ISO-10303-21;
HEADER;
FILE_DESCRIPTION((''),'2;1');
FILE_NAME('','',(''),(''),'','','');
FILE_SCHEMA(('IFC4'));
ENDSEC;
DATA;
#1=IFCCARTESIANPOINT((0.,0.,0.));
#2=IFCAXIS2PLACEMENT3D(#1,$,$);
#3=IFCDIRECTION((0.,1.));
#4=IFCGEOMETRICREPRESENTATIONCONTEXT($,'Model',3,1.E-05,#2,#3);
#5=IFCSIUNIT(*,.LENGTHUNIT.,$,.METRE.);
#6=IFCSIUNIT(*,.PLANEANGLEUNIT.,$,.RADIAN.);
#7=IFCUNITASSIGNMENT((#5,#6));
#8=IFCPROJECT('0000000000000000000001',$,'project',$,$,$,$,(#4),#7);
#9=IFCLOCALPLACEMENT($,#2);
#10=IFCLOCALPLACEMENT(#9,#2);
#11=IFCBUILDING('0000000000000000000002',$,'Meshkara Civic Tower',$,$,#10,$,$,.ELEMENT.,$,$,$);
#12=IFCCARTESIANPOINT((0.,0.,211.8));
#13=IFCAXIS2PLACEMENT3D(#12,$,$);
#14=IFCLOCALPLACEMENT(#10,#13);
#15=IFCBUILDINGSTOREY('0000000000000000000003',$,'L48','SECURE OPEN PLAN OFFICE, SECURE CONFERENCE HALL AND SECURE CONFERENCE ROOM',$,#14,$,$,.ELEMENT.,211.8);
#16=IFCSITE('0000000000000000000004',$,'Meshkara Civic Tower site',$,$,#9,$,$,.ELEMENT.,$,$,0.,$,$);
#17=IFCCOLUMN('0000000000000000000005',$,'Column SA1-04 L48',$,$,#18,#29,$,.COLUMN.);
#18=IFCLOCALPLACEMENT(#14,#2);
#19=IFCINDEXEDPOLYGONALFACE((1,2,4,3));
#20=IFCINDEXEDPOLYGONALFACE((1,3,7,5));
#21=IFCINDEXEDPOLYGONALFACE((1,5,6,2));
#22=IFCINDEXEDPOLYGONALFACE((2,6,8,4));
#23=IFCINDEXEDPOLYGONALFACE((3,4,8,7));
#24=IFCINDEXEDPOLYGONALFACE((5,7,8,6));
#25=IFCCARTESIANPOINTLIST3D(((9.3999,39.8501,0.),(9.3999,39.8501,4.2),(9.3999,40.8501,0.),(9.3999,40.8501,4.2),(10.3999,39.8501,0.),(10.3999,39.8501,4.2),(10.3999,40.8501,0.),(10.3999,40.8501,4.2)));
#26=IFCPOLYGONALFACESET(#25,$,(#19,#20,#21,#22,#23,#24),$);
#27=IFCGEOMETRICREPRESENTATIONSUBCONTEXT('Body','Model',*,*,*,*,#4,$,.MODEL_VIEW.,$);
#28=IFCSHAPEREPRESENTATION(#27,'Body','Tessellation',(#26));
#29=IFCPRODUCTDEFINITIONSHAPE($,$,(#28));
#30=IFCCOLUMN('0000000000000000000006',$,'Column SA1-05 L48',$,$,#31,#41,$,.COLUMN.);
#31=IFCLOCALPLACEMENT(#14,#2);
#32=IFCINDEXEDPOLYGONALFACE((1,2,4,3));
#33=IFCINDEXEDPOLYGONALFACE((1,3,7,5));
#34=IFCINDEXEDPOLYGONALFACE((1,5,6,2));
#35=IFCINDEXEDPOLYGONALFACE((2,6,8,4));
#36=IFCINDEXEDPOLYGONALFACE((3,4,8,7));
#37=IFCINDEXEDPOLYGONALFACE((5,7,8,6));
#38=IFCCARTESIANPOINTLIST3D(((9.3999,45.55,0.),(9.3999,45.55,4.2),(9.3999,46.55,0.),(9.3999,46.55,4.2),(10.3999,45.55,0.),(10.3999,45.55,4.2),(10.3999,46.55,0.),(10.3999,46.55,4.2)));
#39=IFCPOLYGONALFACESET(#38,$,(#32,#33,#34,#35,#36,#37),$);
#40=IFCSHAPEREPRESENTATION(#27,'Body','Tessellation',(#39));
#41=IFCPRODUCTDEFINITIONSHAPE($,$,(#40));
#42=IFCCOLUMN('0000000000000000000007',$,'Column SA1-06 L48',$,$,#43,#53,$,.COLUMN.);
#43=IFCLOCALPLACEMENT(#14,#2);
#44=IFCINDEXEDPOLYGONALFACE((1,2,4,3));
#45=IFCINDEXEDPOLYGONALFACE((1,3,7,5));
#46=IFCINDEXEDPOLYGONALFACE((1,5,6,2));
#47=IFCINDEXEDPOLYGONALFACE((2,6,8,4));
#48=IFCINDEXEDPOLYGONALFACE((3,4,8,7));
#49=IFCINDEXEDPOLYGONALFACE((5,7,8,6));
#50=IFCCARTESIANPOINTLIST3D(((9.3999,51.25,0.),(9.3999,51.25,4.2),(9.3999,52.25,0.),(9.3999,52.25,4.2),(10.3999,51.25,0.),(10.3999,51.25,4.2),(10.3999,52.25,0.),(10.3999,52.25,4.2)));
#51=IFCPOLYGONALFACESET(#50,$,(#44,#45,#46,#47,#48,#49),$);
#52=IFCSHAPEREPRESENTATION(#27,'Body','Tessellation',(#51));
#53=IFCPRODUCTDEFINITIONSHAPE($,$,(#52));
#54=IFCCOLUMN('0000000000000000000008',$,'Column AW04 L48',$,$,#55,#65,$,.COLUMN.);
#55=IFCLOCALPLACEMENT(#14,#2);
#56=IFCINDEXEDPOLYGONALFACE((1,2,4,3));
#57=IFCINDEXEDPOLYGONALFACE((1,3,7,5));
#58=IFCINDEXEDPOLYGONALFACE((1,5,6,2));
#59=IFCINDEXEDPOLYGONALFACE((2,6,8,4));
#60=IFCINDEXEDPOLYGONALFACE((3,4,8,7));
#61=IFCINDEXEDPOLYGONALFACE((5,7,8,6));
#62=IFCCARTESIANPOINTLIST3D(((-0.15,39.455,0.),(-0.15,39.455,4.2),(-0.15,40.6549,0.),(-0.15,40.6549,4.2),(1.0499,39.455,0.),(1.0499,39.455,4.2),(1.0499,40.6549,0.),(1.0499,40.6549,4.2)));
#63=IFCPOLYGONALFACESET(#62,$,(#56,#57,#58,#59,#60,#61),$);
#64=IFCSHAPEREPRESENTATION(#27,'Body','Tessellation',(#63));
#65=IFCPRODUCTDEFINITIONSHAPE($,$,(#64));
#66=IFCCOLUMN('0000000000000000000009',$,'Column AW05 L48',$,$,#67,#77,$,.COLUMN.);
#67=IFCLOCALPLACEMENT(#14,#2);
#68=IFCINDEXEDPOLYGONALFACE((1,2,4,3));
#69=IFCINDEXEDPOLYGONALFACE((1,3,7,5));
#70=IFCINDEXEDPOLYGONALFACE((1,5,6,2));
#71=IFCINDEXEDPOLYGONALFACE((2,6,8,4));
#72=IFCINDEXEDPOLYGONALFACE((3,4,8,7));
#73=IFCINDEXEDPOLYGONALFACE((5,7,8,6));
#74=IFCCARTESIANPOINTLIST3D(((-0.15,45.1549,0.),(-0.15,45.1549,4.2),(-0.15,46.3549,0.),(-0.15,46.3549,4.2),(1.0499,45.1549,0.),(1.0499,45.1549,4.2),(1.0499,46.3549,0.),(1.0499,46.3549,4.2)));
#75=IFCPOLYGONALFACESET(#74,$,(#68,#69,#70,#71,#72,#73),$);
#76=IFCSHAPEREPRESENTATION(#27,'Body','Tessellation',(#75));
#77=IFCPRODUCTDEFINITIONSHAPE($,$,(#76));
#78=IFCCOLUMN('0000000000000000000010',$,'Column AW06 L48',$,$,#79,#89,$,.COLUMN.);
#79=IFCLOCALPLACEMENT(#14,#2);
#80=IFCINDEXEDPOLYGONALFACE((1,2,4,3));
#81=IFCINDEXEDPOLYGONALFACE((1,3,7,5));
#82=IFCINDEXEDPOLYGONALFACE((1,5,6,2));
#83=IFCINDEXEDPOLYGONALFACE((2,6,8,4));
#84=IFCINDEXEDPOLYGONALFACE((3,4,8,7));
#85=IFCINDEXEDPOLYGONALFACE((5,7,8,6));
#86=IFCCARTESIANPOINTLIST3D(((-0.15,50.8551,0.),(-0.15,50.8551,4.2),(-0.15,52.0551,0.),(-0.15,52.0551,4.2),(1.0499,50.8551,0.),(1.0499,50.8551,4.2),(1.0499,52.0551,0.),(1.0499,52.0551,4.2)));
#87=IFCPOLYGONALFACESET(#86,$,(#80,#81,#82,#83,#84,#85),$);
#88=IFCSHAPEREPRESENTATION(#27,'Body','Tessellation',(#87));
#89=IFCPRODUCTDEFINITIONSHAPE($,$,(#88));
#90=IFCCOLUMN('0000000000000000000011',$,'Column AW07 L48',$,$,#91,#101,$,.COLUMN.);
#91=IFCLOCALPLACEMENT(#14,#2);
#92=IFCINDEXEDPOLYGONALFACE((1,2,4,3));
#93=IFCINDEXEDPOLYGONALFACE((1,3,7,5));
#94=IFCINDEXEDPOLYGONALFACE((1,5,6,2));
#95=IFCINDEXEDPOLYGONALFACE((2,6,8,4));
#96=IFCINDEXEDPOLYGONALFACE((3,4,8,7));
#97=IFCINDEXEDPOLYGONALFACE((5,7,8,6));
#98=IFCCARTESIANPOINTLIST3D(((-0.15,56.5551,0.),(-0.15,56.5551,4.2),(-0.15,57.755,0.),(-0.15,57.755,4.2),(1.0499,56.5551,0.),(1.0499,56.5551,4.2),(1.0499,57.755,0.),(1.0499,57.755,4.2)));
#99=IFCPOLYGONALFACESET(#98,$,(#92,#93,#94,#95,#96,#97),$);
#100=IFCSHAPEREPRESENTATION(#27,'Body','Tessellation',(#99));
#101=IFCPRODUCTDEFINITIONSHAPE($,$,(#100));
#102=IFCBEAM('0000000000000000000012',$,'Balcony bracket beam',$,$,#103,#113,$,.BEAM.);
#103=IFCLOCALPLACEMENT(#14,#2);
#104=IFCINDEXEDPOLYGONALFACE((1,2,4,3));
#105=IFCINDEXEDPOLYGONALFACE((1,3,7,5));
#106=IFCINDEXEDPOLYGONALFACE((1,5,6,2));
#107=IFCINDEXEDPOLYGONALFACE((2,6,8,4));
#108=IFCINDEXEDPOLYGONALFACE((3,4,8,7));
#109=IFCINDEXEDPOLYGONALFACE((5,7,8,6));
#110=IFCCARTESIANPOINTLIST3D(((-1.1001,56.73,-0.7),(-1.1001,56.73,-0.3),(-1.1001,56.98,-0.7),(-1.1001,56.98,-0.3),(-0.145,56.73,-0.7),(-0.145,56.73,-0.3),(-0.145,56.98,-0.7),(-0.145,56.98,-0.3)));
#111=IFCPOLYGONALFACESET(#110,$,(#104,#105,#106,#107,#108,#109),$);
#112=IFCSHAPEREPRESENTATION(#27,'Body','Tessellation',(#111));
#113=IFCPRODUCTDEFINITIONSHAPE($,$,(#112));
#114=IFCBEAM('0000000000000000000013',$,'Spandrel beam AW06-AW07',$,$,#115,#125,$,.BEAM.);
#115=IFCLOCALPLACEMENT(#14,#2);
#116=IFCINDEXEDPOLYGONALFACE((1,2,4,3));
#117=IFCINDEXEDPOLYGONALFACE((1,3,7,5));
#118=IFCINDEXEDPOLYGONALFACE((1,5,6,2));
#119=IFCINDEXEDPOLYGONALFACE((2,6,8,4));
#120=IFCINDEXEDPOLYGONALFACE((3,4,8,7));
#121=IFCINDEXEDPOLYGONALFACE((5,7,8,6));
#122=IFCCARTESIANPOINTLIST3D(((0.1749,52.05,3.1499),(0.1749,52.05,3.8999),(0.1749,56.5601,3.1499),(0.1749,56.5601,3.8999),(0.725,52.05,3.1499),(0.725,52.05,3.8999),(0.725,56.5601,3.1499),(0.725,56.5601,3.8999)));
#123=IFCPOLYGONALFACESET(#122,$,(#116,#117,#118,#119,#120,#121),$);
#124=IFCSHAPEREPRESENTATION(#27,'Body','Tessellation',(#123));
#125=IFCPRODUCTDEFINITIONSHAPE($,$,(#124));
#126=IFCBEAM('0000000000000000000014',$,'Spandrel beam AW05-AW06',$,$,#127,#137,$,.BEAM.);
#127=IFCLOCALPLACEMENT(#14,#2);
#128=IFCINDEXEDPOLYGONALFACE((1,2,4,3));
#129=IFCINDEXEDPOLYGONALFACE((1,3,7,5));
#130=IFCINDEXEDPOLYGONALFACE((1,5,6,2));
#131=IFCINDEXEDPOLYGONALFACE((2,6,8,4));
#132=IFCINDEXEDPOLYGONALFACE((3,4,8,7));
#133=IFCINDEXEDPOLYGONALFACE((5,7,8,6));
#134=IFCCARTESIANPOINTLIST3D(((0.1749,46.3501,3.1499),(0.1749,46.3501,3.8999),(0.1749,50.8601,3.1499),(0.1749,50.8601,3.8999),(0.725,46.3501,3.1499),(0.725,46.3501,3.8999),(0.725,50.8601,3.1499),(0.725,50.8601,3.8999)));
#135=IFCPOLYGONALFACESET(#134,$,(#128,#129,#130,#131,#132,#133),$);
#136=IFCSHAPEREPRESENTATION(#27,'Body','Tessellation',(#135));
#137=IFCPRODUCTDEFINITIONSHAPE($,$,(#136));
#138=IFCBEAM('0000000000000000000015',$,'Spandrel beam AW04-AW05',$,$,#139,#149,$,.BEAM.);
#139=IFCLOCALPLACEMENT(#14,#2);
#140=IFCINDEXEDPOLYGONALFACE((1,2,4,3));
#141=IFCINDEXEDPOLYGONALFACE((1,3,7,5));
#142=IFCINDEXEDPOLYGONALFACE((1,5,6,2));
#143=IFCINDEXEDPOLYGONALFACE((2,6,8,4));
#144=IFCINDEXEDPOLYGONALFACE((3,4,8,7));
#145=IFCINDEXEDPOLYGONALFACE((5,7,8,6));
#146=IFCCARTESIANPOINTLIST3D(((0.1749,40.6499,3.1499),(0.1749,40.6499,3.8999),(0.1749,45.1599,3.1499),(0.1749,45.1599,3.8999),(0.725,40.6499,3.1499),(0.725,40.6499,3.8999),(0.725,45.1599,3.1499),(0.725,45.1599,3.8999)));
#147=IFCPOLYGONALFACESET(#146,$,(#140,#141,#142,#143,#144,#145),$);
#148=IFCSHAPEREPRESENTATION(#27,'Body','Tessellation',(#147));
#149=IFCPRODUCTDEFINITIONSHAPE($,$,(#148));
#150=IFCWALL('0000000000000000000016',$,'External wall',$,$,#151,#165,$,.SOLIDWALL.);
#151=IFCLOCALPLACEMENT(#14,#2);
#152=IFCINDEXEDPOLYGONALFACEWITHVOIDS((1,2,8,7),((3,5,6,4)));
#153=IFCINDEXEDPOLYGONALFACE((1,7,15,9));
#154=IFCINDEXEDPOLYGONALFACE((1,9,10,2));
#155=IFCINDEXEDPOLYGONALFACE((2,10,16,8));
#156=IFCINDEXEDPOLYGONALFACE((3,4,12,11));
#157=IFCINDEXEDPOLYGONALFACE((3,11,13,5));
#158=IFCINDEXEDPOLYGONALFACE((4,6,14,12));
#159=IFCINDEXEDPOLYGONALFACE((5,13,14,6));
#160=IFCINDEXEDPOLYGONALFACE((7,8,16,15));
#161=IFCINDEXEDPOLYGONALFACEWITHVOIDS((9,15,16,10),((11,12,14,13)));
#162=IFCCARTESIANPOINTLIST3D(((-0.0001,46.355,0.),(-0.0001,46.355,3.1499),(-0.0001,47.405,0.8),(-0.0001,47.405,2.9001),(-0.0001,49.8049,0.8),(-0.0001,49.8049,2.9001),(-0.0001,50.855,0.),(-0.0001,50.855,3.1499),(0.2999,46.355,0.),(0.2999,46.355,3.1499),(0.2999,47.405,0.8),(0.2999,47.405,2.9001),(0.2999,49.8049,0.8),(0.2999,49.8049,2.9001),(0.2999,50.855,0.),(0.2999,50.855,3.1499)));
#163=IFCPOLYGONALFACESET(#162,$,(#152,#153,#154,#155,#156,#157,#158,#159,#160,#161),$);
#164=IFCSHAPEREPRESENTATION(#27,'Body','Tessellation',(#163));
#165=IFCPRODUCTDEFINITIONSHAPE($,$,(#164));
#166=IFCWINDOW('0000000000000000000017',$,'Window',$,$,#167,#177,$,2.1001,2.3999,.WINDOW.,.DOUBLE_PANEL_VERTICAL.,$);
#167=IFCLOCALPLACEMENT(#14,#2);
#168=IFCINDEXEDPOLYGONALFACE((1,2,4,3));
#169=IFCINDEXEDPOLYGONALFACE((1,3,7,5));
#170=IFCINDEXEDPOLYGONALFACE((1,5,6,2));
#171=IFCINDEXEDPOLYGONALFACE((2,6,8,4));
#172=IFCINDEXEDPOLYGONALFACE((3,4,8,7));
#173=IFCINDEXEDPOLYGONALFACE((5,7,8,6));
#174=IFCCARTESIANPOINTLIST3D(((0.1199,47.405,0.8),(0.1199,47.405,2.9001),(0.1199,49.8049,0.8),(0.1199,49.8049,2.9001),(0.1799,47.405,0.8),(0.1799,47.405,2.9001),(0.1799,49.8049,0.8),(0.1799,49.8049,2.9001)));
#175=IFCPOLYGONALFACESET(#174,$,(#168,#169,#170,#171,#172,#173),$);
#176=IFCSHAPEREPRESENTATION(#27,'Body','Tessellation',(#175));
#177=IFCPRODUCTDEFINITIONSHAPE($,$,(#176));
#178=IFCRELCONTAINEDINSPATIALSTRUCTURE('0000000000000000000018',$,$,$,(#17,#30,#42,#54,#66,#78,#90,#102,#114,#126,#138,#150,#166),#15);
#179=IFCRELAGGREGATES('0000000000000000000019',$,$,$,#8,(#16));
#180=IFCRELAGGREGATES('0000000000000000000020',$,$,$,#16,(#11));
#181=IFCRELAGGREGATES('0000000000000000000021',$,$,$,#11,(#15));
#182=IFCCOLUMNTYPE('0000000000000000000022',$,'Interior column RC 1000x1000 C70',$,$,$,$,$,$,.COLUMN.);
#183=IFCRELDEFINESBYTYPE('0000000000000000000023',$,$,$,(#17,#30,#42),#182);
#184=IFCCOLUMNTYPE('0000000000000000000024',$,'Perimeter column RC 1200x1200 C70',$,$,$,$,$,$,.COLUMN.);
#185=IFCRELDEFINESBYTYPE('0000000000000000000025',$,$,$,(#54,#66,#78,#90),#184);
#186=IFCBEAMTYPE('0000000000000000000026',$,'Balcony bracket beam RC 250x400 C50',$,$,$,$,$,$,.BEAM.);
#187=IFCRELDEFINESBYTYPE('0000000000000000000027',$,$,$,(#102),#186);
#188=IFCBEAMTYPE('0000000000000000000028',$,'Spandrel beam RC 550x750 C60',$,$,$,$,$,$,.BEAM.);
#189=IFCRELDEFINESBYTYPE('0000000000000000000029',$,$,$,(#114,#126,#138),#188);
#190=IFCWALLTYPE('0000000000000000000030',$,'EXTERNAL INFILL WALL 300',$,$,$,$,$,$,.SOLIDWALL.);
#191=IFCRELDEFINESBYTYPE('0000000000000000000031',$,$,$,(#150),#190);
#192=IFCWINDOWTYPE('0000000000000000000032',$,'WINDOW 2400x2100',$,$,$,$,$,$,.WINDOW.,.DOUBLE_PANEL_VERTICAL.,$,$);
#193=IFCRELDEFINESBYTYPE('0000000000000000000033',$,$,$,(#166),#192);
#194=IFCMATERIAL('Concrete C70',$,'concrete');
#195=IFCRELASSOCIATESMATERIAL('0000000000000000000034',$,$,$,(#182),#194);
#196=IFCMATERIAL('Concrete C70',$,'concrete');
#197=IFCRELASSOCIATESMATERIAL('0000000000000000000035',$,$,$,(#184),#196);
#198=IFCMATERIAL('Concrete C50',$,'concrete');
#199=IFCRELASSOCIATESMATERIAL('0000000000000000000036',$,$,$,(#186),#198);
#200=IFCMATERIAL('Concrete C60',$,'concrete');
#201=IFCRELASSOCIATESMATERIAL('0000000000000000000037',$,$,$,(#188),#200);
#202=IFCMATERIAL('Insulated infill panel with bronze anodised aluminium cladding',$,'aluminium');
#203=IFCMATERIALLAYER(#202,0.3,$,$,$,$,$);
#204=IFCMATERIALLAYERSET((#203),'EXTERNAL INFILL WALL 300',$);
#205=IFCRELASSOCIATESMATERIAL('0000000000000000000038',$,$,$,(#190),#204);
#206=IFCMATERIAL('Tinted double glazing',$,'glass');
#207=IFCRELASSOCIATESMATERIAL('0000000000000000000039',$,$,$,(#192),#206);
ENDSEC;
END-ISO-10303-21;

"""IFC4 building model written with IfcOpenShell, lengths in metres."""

from ifc_helpers import new_model, si_unit, direction, frame, frame_2d, origin, origin_2d, place, context, subcontext, project, spatial, rectangle, extrude, material, layer, layer_set, material_profile, profile_set, type_object, element, fill, save


model = new_model("IFC4")

# Units and contexts
model_context = context("Model", 3, precision=1e-05, world=origin(), true_north=direction((0.0, 1.0)))
body_context = subcontext(model_context, "Body", "Model", "MODEL_VIEW")
ifc_project = project(units=[si_unit("LENGTHUNIT", "METRE"), si_unit("PLANEANGLEUNIT", "RADIAN")], contexts=[model_context])

# Site, building, storey
site_placement = place(None, origin())
site = spatial("IfcSite", under=ifc_project, at=site_placement, Name="Meshkara Civic Tower site", CompositionType="ELEMENT", RefElevation=0.0)
building_placement = place(site_placement, origin())
building = spatial("IfcBuilding", under=site, at=building_placement, Name="Meshkara Civic Tower", CompositionType="ELEMENT")
storey_placement = place(building_placement, frame((0.0, 0.0, 211.8)))
storey = spatial("IfcBuildingStorey", under=building, at=storey_placement, Name="L48", Description="SECURE OPEN PLAN OFFICE, SECURE CONFERENCE HALL AND SECURE CONFERENCE ROOM", CompositionType="ELEMENT", Elevation=211.8)

# Columns
ifc_material_1 = material(Name="Concrete C70", Category="concrete")
ifc_material_profile_1 = material_profile(ifc_material_1, rectangle(XDim=1.0, YDim=1.0, at=origin_2d()))
ifc_profile_set_1 = profile_set([ifc_material_profile_1], Name="Concrete C70")
column_type_1 = type_object("IfcColumnType", Name="Interior column RC 1000x1000 C70", PredefinedType="COLUMN", material=ifc_profile_set_1)
for number, where, z_axis, x_axis, name in (
    (1, (9.8999, 40.3501, 0.0), (0.0, 0.0, 1.0), (1.0, 0.0, 0.0), "Column SA1-04 L48"),
    (2, (9.8999, 46.05, 0.0), (0.0, 0.0, 1.0), (1.0, 0.0, 0.0), "Column SA1-05 L48"),
    (3, (9.8999, 51.75, 0.0), (0.0, 0.0, 1.0), (1.0, 0.0, 0.0), "Column SA1-06 L48"),
):
    element("IfcColumn", number, at=place(storey_placement, frame(where, z_axis=z_axis, x_axis=x_axis)), inside=storey, type_object=column_type_1, Name=name, PredefinedType="COLUMN", context=body_context, shape_type="SweptSolid", body=[
        extrude(rectangle(XDim=1.0, YDim=1.0, at=origin_2d()), origin(), (0.0, 0.0, 1.0), 4.2),
    ])
ifc_material_2 = material(Name="Concrete C70", Category="concrete")
ifc_material_profile_2 = material_profile(ifc_material_2, rectangle(XDim=1.2, YDim=1.2, at=origin_2d()))
ifc_profile_set_2 = profile_set([ifc_material_profile_2], Name="Concrete C70")
column_type_2 = type_object("IfcColumnType", Name="Perimeter column RC 1200x1200 C70", PredefinedType="COLUMN", material=ifc_profile_set_2)
for number, where, z_axis, x_axis, name in (
    (4, (0.45, 40.0549, 0.0), (0.0, 0.0, 1.0), (1.0, 0.0, 0.0), "Column AW04 L48"),
    (5, (0.45, 45.7549, 0.0), (0.0, 0.0, 1.0), (1.0, 0.0, 0.0), "Column AW05 L48"),
    (6, (0.45, 51.4551, 0.0), (0.0, 0.0, 1.0), (1.0, 0.0, 0.0), "Column AW06 L48"),
    (7, (0.45, 57.155, 0.0), (0.0, 0.0, 1.0), (1.0, 0.0, 0.0), "Column AW07 L48"),
):
    element("IfcColumn", number, at=place(storey_placement, frame(where, z_axis=z_axis, x_axis=x_axis)), inside=storey, type_object=column_type_2, Name=name, PredefinedType="COLUMN", context=body_context, shape_type="SweptSolid", body=[
        extrude(rectangle(XDim=1.2, YDim=1.2, at=origin_2d()), origin(), (0.0, 0.0, 1.0), 4.2),
    ])

# Beams
ifc_material_3 = material(Name="Concrete C50", Category="concrete")
ifc_material_profile_3 = material_profile(ifc_material_3, rectangle(XDim=0.25, YDim=0.3999, at=origin_2d()))
ifc_profile_set_3 = profile_set([ifc_material_profile_3], Name="Concrete C50")
beam_type_1 = type_object("IfcBeamType", Name="Balcony bracket beam RC 250x400 C50", PredefinedType="BEAM", material=ifc_profile_set_3)
beam_placement = place(storey_placement, frame((-0.145, 56.855, -0.5), z_axis=(-1.0, 0.0, 0.0), x_axis=(0.0, -1.0, 0.0)))
element("IfcBeam", 8, at=beam_placement, inside=storey, type_object=beam_type_1, Name="Balcony bracket beam", PredefinedType="BEAM", context=body_context, shape_type="SweptSolid", body=[
    extrude(rectangle(XDim=0.25, YDim=0.3999, at=origin_2d()), origin(), (0.0, 0.0, 1.0), 0.9551),
])
ifc_material_4 = material(Name="Concrete C60", Category="concrete")
ifc_material_profile_4 = material_profile(ifc_material_4, rectangle(XDim=0.55, YDim=0.75, at=origin_2d()))
ifc_profile_set_4 = profile_set([ifc_material_profile_4], Name="Concrete C60")
beam_type_2 = type_object("IfcBeamType", Name="Spandrel beam RC 550x750 C60", PredefinedType="BEAM", material=ifc_profile_set_4)
for number, where, z_axis, x_axis, name in (
    (9, (0.45, 56.5601, 3.5249), (0.0, -1.0, 0.0), (1.0, 0.0, 0.0), "Spandrel beam AW06-AW07"),
    (10, (0.45, 50.8601, 3.5249), (0.0, -1.0, 0.0), (1.0, 0.0, 0.0), "Spandrel beam AW05-AW06"),
    (11, (0.45, 45.1599, 3.5249), (0.0, -1.0, 0.0), (1.0, 0.0, 0.0), "Spandrel beam AW04-AW05"),
):
    element("IfcBeam", number, at=place(storey_placement, frame(where, z_axis=z_axis, x_axis=x_axis)), inside=storey, type_object=beam_type_2, Name=name, PredefinedType="BEAM", context=body_context, shape_type="SweptSolid", body=[
        extrude(rectangle(XDim=0.55, YDim=0.75, at=origin_2d()), origin(), (0.0, 0.0, 1.0), 4.51),
    ])

# Wall, opening, window
ifc_material_5 = material(Name="Insulated infill panel with bronze anodised aluminium cladding", Category="aluminium")
ifc_layer_1 = layer(ifc_material_5, 0.3)
ifc_layer_set_1 = layer_set([ifc_layer_1], Name="EXTERNAL INFILL WALL 300")
wall_type_1 = type_object("IfcWallType", Name="EXTERNAL INFILL WALL 300", PredefinedType="SOLIDWALL", material=ifc_layer_set_1)
wall_1_placement = place(storey_placement, frame((0.1499, 50.855, 0.0), z_axis=(0.0, 0.0, 1.0), x_axis=(0.0, -1.0, 0.0)))
wall_1 = element("IfcWall", 12, at=wall_1_placement, inside=storey, type_object=wall_type_1, Name="External wall", PredefinedType="SOLIDWALL", context=body_context, shape_type="SweptSolid", body=[
    extrude(rectangle(XDim=4.5, YDim=0.3, at=frame_2d((2.25, 0.0))), origin(), (0.0, 0.0, 1.0), 3.1499),
])
opening_1_placement = place(wall_1_placement, frame((1.05, 0.0, 0.8)))
opening_1 = element("IfcOpeningElement", 13, at=opening_1_placement, cuts=wall_1, PredefinedType="OPENING", context=body_context, shape_type="SweptSolid", body=[
    extrude(rectangle(XDim=2.3999, YDim=2.1001, at=frame_2d((1.2, 1.05))), frame((0.0, 0.1599, 0.0), z_axis=(0.0, -1.0, 0.0), x_axis=(1.0, 0.0, 0.0)), (0.0, 0.0, 1.0), 0.3201),
])
ifc_material_6 = material(Name="Tinted double glazing", Category="glass")
window_type = type_object("IfcWindowType", Name="WINDOW 2400x2100", PartitioningType="DOUBLE_PANEL_VERTICAL", PredefinedType="WINDOW", material=ifc_material_6)
window_1_placement = place(opening_1_placement, origin())
window_1 = element("IfcWindow", 14, at=window_1_placement, inside=storey, type_object=window_type, Name="Window", OverallHeight=2.1001, OverallWidth=2.3999, PartitioningType="DOUBLE_PANEL_VERTICAL", PredefinedType="WINDOW", context=body_context, shape_type="SweptSolid", body=[
    extrude(rectangle(XDim=2.3999, YDim=2.1001, at=frame_2d((1.2, 1.05))), frame((0.0, 0.03, 0.0), z_axis=(0.0, -1.0, 0.0), x_axis=(1.0, 0.0, 0.0)), (0.0, 0.0, 1.0), 0.0601),
])
fill(opening_1, window_1)

save(model, "model.ifc")
